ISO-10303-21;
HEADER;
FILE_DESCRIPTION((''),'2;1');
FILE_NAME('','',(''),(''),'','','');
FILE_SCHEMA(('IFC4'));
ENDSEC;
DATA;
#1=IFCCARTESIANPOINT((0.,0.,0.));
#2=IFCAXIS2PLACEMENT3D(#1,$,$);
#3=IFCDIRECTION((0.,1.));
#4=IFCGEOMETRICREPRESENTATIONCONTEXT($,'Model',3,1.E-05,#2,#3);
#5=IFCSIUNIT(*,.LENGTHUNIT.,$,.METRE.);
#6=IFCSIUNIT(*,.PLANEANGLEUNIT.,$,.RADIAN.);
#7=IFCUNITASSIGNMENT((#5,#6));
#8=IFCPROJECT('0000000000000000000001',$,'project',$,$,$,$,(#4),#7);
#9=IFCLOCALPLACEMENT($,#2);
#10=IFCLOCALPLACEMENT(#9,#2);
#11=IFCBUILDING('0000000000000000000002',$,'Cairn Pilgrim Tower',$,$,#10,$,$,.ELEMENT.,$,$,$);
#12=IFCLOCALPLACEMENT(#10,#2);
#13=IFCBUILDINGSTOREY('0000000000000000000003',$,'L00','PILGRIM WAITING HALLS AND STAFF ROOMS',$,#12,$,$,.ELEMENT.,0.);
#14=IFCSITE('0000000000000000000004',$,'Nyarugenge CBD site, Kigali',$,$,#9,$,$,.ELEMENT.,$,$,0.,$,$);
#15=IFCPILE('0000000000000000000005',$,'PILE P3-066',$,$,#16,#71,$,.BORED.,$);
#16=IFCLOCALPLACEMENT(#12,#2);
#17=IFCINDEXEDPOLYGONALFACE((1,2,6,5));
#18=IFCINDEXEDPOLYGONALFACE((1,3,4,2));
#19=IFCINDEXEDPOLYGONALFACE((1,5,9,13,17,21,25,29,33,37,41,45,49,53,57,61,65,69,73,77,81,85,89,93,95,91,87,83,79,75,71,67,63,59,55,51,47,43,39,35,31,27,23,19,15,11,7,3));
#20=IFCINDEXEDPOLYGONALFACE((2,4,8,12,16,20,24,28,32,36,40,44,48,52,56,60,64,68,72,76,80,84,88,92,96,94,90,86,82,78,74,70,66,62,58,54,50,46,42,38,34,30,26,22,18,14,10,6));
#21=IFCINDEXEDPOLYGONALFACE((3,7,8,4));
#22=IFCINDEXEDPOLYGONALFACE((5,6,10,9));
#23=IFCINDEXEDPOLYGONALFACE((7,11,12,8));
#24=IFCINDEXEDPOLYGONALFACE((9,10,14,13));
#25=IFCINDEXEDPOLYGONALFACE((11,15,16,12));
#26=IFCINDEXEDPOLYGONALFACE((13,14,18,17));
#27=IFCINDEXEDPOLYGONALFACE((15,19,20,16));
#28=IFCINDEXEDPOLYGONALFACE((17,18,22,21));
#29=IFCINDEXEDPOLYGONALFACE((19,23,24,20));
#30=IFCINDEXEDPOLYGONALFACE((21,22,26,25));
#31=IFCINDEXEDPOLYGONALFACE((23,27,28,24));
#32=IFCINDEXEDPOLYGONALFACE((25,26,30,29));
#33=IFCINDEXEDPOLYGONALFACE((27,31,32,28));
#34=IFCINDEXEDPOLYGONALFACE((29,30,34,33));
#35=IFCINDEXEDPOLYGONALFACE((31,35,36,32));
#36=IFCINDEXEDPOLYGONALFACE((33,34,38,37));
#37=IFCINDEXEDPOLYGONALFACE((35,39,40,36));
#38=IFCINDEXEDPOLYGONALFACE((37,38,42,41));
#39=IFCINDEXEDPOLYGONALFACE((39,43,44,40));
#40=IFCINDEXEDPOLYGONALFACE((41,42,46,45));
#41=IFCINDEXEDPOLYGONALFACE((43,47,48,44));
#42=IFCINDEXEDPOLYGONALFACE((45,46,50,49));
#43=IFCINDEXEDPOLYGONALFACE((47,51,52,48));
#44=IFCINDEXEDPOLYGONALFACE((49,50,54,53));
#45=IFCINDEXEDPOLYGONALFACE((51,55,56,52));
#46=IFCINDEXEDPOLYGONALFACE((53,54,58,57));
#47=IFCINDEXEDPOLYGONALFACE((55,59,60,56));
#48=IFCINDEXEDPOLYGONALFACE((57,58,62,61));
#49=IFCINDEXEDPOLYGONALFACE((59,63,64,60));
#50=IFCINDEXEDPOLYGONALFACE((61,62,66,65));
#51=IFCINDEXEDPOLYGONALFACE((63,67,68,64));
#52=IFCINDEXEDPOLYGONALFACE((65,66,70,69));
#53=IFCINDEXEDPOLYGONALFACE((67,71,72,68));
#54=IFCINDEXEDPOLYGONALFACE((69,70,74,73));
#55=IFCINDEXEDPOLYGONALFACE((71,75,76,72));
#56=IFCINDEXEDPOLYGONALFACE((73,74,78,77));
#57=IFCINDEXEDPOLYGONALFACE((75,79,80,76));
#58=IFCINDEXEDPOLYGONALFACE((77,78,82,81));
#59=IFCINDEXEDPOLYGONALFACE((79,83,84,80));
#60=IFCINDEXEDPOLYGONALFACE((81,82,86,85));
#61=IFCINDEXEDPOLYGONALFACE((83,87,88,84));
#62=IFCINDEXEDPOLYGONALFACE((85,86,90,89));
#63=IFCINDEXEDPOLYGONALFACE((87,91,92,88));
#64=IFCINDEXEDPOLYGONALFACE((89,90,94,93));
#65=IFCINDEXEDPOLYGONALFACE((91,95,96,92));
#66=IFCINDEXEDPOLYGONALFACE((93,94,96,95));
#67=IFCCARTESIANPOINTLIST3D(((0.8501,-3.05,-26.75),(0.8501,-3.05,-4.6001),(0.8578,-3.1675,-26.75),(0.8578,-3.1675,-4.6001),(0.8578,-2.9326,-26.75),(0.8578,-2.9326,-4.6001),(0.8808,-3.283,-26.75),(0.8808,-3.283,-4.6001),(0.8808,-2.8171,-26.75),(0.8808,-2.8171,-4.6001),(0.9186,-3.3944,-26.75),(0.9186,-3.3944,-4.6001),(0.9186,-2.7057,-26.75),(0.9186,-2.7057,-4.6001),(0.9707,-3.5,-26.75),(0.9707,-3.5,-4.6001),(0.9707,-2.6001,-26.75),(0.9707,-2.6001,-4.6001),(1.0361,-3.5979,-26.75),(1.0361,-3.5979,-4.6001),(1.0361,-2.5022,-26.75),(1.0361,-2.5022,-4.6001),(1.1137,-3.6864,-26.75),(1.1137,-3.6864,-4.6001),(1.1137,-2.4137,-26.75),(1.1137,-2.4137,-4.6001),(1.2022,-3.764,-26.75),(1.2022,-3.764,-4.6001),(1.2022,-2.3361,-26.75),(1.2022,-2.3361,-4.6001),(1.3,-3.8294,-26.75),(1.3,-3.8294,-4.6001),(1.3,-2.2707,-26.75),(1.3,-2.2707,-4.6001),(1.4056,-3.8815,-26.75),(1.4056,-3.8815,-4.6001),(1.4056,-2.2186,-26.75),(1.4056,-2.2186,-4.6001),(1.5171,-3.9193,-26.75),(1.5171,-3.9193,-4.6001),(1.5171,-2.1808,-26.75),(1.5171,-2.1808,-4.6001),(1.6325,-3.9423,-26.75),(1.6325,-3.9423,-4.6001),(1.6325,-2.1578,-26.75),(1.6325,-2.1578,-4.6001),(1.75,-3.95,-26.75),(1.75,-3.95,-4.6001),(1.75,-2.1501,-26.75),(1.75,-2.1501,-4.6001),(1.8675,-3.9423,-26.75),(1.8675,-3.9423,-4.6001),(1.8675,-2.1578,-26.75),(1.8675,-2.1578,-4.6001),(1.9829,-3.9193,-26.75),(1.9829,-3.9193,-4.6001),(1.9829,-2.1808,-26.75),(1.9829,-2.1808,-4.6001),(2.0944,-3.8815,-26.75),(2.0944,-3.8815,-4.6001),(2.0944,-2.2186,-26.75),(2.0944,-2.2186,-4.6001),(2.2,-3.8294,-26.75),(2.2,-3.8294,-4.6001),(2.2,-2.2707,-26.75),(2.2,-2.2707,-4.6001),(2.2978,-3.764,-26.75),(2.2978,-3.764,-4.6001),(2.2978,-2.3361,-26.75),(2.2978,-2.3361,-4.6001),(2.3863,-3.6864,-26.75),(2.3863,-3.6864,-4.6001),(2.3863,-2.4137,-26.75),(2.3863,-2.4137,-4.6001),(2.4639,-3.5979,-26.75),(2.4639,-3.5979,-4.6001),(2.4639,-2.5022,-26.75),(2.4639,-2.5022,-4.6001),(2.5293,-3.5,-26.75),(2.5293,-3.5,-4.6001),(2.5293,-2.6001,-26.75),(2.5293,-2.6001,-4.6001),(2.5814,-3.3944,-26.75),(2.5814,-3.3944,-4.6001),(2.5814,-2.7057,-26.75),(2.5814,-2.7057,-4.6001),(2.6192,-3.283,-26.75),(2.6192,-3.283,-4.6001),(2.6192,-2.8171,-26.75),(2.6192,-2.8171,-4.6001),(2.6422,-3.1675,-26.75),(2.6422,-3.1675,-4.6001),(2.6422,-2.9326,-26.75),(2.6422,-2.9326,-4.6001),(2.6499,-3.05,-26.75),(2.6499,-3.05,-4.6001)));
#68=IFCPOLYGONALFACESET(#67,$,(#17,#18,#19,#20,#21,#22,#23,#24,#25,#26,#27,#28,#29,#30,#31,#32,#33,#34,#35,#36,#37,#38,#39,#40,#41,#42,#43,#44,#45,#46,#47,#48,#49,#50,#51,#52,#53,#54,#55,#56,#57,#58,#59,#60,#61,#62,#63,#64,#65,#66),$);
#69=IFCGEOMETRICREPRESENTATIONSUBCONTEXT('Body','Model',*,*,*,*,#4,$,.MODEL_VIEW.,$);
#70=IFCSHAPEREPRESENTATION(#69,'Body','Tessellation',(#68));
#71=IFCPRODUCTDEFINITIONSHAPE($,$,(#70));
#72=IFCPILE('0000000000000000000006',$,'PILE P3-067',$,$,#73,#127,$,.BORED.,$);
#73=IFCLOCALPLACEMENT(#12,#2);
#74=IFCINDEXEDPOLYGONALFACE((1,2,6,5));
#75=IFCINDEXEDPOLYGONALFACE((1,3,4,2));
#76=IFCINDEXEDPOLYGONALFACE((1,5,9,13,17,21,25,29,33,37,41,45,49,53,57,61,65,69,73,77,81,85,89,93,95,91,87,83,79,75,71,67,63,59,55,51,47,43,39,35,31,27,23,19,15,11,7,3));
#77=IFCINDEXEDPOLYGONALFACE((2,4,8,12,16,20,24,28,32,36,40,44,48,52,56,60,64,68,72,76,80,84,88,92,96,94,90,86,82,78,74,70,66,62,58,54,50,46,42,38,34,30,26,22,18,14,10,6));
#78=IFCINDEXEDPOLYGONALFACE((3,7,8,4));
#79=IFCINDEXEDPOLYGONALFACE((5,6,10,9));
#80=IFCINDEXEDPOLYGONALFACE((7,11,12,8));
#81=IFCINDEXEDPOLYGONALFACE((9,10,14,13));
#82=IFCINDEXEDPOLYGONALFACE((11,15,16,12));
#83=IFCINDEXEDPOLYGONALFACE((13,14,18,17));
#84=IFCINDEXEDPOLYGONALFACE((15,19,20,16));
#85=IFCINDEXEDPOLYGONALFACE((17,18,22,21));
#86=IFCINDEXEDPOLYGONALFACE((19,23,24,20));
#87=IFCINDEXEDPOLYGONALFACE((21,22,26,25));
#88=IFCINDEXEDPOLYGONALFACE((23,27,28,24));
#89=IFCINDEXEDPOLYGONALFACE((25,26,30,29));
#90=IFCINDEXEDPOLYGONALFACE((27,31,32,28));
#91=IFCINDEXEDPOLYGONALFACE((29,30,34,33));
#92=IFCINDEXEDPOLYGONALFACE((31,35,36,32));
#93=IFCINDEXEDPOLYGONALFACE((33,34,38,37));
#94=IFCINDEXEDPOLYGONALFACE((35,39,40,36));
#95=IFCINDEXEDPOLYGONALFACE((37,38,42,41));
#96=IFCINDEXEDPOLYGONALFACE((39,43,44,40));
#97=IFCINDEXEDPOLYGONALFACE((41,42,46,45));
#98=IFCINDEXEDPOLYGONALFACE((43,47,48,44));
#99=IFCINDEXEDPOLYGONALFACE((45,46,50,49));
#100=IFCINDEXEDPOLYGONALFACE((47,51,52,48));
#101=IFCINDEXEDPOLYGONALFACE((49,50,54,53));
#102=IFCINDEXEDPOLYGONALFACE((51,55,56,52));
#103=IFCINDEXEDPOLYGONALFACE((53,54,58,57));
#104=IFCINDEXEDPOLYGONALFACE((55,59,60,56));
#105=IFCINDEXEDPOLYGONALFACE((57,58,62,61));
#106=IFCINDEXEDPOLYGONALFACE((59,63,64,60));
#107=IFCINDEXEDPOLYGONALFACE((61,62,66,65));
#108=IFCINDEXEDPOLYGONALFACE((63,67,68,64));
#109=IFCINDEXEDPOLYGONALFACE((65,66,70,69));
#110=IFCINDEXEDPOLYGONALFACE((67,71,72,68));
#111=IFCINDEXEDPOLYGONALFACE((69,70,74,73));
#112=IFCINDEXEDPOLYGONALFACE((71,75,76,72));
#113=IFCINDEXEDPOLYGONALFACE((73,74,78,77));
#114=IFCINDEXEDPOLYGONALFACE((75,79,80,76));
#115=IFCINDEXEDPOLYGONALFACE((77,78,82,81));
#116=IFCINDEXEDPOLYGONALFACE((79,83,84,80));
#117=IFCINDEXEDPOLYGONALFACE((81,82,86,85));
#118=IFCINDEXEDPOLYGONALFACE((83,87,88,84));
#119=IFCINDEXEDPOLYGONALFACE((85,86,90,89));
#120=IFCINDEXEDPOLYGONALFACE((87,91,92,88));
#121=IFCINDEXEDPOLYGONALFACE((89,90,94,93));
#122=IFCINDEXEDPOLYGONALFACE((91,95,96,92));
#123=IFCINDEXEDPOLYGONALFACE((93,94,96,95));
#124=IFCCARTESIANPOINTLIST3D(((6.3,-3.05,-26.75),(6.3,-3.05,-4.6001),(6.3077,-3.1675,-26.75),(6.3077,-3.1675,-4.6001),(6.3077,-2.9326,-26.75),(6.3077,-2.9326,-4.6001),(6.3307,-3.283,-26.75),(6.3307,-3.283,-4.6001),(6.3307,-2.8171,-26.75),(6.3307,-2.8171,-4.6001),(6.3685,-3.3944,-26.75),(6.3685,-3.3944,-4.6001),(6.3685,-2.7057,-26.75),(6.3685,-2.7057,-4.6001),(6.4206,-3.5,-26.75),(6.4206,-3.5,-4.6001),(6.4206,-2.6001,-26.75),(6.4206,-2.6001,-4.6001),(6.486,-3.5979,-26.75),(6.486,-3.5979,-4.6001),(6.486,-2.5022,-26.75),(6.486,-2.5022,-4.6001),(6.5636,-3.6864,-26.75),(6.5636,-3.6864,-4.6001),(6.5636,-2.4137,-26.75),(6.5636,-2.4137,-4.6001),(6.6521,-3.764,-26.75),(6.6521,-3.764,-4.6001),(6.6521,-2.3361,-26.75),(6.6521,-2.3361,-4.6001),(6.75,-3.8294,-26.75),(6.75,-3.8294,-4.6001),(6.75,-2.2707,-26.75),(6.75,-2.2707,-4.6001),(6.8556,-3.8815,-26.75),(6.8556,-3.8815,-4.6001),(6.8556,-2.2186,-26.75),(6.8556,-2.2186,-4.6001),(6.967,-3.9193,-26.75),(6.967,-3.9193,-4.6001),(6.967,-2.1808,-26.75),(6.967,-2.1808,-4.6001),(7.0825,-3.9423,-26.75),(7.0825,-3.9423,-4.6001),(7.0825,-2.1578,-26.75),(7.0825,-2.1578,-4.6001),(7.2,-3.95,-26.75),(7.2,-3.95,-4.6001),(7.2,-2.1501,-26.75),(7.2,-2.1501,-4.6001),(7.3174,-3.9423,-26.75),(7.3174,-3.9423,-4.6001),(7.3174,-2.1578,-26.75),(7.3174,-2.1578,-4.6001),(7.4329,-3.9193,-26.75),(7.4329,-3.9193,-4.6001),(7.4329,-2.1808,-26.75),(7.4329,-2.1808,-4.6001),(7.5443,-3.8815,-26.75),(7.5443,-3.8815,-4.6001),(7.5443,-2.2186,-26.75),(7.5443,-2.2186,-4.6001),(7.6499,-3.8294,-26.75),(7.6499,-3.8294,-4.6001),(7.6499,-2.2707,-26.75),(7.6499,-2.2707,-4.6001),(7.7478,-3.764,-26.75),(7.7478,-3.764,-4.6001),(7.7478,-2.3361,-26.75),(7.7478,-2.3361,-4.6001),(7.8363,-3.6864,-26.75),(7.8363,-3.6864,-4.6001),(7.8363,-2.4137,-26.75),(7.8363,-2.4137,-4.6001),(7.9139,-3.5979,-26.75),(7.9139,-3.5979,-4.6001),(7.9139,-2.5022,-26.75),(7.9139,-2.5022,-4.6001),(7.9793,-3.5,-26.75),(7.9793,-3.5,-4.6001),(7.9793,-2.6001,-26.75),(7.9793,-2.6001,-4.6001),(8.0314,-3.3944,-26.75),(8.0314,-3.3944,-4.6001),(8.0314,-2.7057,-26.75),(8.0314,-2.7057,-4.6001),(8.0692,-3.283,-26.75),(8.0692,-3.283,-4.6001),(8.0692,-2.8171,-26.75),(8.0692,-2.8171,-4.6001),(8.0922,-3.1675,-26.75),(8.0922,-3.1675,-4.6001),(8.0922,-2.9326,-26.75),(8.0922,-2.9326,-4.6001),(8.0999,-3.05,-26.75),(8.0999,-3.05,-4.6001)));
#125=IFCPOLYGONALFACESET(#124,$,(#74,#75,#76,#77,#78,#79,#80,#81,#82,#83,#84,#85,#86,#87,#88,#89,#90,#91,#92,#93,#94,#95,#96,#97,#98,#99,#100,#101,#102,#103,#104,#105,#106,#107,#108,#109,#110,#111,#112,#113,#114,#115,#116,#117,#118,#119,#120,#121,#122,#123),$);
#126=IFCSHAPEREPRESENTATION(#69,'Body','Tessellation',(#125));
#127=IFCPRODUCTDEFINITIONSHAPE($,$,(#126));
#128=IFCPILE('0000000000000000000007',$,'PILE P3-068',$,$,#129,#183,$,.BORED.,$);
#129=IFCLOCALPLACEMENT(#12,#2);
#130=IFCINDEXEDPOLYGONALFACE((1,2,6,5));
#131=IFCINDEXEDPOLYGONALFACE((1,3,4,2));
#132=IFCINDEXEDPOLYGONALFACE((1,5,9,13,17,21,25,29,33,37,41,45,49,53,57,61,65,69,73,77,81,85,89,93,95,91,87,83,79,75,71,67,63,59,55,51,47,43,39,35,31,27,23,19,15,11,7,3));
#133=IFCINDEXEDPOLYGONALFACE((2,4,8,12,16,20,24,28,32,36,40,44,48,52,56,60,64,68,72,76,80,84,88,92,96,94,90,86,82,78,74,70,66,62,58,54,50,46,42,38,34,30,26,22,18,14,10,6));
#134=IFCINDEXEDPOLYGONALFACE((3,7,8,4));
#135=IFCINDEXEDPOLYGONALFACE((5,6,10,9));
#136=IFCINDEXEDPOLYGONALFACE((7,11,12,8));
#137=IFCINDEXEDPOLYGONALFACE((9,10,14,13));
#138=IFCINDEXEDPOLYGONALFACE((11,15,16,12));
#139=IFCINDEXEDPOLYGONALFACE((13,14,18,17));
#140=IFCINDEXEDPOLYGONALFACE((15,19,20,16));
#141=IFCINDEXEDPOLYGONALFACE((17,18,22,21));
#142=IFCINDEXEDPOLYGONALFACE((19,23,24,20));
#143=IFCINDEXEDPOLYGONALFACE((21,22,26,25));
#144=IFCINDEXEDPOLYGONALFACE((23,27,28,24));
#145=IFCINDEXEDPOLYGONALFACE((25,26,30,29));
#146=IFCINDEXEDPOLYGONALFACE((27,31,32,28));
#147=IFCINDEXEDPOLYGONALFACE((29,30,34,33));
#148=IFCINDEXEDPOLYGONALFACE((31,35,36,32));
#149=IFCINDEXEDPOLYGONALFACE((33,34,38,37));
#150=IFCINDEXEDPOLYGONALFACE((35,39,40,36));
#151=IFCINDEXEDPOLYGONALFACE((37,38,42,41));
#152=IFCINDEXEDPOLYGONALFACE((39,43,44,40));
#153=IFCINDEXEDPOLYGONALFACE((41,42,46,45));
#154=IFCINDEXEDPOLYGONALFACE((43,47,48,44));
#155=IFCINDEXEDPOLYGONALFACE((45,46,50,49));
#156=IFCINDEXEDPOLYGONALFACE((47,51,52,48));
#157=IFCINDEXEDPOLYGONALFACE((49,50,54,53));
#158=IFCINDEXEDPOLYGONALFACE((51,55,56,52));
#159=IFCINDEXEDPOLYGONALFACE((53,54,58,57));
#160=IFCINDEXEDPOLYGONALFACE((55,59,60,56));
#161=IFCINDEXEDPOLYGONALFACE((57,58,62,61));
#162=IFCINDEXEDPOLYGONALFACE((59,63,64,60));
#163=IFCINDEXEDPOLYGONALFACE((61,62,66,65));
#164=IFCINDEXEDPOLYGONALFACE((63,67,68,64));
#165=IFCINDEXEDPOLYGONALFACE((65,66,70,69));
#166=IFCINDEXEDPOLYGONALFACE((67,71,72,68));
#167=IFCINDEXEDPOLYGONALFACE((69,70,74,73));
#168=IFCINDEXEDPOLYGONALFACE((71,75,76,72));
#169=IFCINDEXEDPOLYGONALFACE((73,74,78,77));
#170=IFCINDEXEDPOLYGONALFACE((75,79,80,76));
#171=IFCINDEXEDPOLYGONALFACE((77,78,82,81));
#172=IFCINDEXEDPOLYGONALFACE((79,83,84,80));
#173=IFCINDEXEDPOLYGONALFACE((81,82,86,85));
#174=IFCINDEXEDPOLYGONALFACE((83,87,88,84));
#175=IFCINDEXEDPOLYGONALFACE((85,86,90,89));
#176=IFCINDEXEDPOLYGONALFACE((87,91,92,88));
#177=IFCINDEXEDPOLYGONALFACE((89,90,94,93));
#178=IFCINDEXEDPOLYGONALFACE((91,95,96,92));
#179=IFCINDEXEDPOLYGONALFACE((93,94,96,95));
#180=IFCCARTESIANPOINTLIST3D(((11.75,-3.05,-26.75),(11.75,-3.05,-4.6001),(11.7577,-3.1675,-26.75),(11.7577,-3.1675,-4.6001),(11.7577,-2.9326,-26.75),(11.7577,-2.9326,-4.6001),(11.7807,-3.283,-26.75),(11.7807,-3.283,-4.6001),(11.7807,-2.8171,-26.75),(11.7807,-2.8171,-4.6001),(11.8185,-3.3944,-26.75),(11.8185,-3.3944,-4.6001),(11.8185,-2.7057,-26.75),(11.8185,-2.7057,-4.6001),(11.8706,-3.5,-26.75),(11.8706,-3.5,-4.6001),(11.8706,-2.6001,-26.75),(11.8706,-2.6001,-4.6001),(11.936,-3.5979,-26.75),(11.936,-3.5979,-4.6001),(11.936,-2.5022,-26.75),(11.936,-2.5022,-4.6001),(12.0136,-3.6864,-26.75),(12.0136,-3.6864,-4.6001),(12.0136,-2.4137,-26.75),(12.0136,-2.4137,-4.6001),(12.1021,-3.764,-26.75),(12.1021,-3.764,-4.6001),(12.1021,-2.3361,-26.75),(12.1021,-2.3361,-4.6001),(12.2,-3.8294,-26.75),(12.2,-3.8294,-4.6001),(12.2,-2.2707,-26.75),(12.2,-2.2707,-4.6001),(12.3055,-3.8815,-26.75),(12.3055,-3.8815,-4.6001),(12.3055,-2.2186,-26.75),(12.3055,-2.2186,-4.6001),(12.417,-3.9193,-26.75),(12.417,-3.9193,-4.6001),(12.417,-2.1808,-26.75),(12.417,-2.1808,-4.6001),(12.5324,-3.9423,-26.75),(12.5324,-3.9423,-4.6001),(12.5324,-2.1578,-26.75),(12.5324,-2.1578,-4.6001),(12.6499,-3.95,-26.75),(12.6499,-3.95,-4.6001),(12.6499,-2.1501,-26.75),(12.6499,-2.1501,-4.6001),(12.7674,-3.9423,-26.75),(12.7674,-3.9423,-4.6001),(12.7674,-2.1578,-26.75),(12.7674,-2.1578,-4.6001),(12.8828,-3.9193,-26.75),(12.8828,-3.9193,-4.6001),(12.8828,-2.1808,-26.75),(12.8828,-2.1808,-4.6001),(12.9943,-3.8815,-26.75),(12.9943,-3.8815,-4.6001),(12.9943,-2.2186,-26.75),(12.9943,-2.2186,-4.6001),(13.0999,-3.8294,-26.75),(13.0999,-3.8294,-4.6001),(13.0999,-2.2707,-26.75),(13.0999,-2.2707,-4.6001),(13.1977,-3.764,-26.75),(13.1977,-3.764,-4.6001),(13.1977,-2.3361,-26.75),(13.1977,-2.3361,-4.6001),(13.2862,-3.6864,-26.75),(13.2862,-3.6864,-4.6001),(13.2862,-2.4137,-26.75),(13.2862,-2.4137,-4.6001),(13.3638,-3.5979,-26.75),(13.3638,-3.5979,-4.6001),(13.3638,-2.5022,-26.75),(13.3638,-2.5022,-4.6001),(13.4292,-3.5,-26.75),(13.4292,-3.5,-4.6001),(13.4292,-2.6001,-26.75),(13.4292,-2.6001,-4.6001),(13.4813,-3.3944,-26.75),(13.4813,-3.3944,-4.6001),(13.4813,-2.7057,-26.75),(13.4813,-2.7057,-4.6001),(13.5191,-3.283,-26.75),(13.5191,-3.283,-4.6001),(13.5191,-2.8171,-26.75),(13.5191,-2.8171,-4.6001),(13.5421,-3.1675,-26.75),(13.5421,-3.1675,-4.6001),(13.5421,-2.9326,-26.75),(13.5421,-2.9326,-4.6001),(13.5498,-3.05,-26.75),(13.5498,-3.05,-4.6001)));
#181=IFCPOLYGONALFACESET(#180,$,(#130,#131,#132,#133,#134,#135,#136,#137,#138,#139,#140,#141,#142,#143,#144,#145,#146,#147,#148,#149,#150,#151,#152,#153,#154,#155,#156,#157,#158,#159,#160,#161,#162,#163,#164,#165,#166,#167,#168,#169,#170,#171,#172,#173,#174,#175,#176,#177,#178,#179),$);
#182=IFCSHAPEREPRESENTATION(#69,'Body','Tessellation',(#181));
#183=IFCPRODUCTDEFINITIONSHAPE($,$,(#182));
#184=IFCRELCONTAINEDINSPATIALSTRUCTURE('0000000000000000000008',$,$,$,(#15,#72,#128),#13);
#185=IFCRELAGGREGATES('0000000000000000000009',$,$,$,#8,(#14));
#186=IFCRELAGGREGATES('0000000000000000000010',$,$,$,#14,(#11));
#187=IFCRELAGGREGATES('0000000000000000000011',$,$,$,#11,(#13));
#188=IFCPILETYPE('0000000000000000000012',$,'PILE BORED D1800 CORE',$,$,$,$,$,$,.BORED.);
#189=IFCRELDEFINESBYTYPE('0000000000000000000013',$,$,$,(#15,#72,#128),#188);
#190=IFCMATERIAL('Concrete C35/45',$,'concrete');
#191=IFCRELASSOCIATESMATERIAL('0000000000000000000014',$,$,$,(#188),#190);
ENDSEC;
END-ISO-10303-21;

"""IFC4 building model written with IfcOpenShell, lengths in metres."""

from ifc_helpers import new_model, si_unit, direction, frame, origin, origin_2d, place, context, subcontext, project, spatial, circle, extrude, material, material_profile, profile_set, type_object, element, save


model = new_model("IFC4")

# Units and contexts
model_context = context("Model", 3, precision=1e-05, world=origin(), true_north=direction((0.0, 1.0)))
body_context = subcontext(model_context, "Body", "Model", "MODEL_VIEW")
ifc_project = project(units=[si_unit("LENGTHUNIT", "METRE"), si_unit("PLANEANGLEUNIT", "RADIAN")], contexts=[model_context])

# Site, building, storey
site_placement = place(None, origin())
site = spatial("IfcSite", under=ifc_project, at=site_placement, Name="Nyarugenge CBD site, Kigali", CompositionType="ELEMENT", RefElevation=0.0)
building_placement = place(site_placement, origin())
building = spatial("IfcBuilding", under=site, at=building_placement, Name="Cairn Pilgrim Tower", CompositionType="ELEMENT")
storey_placement = place(building_placement, origin())
storey = spatial("IfcBuildingStorey", under=building, at=storey_placement, Name="L00", Description="PILGRIM WAITING HALLS AND STAFF ROOMS", CompositionType="ELEMENT", Elevation=0.0)

# Piles
ifc_material_1 = material(Name="Concrete C35/45", Category="concrete")
ifc_material_profile = material_profile(ifc_material_1, circle(Radius=0.8999, at=origin_2d()), Name="D1800")
ifc_profile_set = profile_set([ifc_material_profile], Name="Concrete C35/45")
pile_type = type_object("IfcPileType", Name="PILE BORED D1800 CORE", PredefinedType="BORED", material=ifc_profile_set)
for number, where, z_axis, x_axis, name in (
    (1, (1.75, -3.05, -4.6001), (0.0, 0.0, -1.0), (1.0, 0.0, 0.0), "PILE P3-066"),
    (2, (7.2, -3.05, -4.6001), (0.0, 0.0, -1.0), (1.0, 0.0, 0.0), "PILE P3-067"),
    (3, (12.6499, -3.05, -4.6001), (0.0, 0.0, -1.0), (1.0, 0.0, 0.0), "PILE P3-068"),
):
    element("IfcPile", number, at=place(storey_placement, frame(where, z_axis=z_axis, x_axis=x_axis)), inside=storey, type_object=pile_type, Name=name, PredefinedType="BORED", context=body_context, shape_type="SweptSolid", body=[
        extrude(circle(Radius=0.8999, at=origin_2d()), origin(), (0.0, 0.0, 1.0), 22.1499),
    ])

save(model, "model.ifc")
